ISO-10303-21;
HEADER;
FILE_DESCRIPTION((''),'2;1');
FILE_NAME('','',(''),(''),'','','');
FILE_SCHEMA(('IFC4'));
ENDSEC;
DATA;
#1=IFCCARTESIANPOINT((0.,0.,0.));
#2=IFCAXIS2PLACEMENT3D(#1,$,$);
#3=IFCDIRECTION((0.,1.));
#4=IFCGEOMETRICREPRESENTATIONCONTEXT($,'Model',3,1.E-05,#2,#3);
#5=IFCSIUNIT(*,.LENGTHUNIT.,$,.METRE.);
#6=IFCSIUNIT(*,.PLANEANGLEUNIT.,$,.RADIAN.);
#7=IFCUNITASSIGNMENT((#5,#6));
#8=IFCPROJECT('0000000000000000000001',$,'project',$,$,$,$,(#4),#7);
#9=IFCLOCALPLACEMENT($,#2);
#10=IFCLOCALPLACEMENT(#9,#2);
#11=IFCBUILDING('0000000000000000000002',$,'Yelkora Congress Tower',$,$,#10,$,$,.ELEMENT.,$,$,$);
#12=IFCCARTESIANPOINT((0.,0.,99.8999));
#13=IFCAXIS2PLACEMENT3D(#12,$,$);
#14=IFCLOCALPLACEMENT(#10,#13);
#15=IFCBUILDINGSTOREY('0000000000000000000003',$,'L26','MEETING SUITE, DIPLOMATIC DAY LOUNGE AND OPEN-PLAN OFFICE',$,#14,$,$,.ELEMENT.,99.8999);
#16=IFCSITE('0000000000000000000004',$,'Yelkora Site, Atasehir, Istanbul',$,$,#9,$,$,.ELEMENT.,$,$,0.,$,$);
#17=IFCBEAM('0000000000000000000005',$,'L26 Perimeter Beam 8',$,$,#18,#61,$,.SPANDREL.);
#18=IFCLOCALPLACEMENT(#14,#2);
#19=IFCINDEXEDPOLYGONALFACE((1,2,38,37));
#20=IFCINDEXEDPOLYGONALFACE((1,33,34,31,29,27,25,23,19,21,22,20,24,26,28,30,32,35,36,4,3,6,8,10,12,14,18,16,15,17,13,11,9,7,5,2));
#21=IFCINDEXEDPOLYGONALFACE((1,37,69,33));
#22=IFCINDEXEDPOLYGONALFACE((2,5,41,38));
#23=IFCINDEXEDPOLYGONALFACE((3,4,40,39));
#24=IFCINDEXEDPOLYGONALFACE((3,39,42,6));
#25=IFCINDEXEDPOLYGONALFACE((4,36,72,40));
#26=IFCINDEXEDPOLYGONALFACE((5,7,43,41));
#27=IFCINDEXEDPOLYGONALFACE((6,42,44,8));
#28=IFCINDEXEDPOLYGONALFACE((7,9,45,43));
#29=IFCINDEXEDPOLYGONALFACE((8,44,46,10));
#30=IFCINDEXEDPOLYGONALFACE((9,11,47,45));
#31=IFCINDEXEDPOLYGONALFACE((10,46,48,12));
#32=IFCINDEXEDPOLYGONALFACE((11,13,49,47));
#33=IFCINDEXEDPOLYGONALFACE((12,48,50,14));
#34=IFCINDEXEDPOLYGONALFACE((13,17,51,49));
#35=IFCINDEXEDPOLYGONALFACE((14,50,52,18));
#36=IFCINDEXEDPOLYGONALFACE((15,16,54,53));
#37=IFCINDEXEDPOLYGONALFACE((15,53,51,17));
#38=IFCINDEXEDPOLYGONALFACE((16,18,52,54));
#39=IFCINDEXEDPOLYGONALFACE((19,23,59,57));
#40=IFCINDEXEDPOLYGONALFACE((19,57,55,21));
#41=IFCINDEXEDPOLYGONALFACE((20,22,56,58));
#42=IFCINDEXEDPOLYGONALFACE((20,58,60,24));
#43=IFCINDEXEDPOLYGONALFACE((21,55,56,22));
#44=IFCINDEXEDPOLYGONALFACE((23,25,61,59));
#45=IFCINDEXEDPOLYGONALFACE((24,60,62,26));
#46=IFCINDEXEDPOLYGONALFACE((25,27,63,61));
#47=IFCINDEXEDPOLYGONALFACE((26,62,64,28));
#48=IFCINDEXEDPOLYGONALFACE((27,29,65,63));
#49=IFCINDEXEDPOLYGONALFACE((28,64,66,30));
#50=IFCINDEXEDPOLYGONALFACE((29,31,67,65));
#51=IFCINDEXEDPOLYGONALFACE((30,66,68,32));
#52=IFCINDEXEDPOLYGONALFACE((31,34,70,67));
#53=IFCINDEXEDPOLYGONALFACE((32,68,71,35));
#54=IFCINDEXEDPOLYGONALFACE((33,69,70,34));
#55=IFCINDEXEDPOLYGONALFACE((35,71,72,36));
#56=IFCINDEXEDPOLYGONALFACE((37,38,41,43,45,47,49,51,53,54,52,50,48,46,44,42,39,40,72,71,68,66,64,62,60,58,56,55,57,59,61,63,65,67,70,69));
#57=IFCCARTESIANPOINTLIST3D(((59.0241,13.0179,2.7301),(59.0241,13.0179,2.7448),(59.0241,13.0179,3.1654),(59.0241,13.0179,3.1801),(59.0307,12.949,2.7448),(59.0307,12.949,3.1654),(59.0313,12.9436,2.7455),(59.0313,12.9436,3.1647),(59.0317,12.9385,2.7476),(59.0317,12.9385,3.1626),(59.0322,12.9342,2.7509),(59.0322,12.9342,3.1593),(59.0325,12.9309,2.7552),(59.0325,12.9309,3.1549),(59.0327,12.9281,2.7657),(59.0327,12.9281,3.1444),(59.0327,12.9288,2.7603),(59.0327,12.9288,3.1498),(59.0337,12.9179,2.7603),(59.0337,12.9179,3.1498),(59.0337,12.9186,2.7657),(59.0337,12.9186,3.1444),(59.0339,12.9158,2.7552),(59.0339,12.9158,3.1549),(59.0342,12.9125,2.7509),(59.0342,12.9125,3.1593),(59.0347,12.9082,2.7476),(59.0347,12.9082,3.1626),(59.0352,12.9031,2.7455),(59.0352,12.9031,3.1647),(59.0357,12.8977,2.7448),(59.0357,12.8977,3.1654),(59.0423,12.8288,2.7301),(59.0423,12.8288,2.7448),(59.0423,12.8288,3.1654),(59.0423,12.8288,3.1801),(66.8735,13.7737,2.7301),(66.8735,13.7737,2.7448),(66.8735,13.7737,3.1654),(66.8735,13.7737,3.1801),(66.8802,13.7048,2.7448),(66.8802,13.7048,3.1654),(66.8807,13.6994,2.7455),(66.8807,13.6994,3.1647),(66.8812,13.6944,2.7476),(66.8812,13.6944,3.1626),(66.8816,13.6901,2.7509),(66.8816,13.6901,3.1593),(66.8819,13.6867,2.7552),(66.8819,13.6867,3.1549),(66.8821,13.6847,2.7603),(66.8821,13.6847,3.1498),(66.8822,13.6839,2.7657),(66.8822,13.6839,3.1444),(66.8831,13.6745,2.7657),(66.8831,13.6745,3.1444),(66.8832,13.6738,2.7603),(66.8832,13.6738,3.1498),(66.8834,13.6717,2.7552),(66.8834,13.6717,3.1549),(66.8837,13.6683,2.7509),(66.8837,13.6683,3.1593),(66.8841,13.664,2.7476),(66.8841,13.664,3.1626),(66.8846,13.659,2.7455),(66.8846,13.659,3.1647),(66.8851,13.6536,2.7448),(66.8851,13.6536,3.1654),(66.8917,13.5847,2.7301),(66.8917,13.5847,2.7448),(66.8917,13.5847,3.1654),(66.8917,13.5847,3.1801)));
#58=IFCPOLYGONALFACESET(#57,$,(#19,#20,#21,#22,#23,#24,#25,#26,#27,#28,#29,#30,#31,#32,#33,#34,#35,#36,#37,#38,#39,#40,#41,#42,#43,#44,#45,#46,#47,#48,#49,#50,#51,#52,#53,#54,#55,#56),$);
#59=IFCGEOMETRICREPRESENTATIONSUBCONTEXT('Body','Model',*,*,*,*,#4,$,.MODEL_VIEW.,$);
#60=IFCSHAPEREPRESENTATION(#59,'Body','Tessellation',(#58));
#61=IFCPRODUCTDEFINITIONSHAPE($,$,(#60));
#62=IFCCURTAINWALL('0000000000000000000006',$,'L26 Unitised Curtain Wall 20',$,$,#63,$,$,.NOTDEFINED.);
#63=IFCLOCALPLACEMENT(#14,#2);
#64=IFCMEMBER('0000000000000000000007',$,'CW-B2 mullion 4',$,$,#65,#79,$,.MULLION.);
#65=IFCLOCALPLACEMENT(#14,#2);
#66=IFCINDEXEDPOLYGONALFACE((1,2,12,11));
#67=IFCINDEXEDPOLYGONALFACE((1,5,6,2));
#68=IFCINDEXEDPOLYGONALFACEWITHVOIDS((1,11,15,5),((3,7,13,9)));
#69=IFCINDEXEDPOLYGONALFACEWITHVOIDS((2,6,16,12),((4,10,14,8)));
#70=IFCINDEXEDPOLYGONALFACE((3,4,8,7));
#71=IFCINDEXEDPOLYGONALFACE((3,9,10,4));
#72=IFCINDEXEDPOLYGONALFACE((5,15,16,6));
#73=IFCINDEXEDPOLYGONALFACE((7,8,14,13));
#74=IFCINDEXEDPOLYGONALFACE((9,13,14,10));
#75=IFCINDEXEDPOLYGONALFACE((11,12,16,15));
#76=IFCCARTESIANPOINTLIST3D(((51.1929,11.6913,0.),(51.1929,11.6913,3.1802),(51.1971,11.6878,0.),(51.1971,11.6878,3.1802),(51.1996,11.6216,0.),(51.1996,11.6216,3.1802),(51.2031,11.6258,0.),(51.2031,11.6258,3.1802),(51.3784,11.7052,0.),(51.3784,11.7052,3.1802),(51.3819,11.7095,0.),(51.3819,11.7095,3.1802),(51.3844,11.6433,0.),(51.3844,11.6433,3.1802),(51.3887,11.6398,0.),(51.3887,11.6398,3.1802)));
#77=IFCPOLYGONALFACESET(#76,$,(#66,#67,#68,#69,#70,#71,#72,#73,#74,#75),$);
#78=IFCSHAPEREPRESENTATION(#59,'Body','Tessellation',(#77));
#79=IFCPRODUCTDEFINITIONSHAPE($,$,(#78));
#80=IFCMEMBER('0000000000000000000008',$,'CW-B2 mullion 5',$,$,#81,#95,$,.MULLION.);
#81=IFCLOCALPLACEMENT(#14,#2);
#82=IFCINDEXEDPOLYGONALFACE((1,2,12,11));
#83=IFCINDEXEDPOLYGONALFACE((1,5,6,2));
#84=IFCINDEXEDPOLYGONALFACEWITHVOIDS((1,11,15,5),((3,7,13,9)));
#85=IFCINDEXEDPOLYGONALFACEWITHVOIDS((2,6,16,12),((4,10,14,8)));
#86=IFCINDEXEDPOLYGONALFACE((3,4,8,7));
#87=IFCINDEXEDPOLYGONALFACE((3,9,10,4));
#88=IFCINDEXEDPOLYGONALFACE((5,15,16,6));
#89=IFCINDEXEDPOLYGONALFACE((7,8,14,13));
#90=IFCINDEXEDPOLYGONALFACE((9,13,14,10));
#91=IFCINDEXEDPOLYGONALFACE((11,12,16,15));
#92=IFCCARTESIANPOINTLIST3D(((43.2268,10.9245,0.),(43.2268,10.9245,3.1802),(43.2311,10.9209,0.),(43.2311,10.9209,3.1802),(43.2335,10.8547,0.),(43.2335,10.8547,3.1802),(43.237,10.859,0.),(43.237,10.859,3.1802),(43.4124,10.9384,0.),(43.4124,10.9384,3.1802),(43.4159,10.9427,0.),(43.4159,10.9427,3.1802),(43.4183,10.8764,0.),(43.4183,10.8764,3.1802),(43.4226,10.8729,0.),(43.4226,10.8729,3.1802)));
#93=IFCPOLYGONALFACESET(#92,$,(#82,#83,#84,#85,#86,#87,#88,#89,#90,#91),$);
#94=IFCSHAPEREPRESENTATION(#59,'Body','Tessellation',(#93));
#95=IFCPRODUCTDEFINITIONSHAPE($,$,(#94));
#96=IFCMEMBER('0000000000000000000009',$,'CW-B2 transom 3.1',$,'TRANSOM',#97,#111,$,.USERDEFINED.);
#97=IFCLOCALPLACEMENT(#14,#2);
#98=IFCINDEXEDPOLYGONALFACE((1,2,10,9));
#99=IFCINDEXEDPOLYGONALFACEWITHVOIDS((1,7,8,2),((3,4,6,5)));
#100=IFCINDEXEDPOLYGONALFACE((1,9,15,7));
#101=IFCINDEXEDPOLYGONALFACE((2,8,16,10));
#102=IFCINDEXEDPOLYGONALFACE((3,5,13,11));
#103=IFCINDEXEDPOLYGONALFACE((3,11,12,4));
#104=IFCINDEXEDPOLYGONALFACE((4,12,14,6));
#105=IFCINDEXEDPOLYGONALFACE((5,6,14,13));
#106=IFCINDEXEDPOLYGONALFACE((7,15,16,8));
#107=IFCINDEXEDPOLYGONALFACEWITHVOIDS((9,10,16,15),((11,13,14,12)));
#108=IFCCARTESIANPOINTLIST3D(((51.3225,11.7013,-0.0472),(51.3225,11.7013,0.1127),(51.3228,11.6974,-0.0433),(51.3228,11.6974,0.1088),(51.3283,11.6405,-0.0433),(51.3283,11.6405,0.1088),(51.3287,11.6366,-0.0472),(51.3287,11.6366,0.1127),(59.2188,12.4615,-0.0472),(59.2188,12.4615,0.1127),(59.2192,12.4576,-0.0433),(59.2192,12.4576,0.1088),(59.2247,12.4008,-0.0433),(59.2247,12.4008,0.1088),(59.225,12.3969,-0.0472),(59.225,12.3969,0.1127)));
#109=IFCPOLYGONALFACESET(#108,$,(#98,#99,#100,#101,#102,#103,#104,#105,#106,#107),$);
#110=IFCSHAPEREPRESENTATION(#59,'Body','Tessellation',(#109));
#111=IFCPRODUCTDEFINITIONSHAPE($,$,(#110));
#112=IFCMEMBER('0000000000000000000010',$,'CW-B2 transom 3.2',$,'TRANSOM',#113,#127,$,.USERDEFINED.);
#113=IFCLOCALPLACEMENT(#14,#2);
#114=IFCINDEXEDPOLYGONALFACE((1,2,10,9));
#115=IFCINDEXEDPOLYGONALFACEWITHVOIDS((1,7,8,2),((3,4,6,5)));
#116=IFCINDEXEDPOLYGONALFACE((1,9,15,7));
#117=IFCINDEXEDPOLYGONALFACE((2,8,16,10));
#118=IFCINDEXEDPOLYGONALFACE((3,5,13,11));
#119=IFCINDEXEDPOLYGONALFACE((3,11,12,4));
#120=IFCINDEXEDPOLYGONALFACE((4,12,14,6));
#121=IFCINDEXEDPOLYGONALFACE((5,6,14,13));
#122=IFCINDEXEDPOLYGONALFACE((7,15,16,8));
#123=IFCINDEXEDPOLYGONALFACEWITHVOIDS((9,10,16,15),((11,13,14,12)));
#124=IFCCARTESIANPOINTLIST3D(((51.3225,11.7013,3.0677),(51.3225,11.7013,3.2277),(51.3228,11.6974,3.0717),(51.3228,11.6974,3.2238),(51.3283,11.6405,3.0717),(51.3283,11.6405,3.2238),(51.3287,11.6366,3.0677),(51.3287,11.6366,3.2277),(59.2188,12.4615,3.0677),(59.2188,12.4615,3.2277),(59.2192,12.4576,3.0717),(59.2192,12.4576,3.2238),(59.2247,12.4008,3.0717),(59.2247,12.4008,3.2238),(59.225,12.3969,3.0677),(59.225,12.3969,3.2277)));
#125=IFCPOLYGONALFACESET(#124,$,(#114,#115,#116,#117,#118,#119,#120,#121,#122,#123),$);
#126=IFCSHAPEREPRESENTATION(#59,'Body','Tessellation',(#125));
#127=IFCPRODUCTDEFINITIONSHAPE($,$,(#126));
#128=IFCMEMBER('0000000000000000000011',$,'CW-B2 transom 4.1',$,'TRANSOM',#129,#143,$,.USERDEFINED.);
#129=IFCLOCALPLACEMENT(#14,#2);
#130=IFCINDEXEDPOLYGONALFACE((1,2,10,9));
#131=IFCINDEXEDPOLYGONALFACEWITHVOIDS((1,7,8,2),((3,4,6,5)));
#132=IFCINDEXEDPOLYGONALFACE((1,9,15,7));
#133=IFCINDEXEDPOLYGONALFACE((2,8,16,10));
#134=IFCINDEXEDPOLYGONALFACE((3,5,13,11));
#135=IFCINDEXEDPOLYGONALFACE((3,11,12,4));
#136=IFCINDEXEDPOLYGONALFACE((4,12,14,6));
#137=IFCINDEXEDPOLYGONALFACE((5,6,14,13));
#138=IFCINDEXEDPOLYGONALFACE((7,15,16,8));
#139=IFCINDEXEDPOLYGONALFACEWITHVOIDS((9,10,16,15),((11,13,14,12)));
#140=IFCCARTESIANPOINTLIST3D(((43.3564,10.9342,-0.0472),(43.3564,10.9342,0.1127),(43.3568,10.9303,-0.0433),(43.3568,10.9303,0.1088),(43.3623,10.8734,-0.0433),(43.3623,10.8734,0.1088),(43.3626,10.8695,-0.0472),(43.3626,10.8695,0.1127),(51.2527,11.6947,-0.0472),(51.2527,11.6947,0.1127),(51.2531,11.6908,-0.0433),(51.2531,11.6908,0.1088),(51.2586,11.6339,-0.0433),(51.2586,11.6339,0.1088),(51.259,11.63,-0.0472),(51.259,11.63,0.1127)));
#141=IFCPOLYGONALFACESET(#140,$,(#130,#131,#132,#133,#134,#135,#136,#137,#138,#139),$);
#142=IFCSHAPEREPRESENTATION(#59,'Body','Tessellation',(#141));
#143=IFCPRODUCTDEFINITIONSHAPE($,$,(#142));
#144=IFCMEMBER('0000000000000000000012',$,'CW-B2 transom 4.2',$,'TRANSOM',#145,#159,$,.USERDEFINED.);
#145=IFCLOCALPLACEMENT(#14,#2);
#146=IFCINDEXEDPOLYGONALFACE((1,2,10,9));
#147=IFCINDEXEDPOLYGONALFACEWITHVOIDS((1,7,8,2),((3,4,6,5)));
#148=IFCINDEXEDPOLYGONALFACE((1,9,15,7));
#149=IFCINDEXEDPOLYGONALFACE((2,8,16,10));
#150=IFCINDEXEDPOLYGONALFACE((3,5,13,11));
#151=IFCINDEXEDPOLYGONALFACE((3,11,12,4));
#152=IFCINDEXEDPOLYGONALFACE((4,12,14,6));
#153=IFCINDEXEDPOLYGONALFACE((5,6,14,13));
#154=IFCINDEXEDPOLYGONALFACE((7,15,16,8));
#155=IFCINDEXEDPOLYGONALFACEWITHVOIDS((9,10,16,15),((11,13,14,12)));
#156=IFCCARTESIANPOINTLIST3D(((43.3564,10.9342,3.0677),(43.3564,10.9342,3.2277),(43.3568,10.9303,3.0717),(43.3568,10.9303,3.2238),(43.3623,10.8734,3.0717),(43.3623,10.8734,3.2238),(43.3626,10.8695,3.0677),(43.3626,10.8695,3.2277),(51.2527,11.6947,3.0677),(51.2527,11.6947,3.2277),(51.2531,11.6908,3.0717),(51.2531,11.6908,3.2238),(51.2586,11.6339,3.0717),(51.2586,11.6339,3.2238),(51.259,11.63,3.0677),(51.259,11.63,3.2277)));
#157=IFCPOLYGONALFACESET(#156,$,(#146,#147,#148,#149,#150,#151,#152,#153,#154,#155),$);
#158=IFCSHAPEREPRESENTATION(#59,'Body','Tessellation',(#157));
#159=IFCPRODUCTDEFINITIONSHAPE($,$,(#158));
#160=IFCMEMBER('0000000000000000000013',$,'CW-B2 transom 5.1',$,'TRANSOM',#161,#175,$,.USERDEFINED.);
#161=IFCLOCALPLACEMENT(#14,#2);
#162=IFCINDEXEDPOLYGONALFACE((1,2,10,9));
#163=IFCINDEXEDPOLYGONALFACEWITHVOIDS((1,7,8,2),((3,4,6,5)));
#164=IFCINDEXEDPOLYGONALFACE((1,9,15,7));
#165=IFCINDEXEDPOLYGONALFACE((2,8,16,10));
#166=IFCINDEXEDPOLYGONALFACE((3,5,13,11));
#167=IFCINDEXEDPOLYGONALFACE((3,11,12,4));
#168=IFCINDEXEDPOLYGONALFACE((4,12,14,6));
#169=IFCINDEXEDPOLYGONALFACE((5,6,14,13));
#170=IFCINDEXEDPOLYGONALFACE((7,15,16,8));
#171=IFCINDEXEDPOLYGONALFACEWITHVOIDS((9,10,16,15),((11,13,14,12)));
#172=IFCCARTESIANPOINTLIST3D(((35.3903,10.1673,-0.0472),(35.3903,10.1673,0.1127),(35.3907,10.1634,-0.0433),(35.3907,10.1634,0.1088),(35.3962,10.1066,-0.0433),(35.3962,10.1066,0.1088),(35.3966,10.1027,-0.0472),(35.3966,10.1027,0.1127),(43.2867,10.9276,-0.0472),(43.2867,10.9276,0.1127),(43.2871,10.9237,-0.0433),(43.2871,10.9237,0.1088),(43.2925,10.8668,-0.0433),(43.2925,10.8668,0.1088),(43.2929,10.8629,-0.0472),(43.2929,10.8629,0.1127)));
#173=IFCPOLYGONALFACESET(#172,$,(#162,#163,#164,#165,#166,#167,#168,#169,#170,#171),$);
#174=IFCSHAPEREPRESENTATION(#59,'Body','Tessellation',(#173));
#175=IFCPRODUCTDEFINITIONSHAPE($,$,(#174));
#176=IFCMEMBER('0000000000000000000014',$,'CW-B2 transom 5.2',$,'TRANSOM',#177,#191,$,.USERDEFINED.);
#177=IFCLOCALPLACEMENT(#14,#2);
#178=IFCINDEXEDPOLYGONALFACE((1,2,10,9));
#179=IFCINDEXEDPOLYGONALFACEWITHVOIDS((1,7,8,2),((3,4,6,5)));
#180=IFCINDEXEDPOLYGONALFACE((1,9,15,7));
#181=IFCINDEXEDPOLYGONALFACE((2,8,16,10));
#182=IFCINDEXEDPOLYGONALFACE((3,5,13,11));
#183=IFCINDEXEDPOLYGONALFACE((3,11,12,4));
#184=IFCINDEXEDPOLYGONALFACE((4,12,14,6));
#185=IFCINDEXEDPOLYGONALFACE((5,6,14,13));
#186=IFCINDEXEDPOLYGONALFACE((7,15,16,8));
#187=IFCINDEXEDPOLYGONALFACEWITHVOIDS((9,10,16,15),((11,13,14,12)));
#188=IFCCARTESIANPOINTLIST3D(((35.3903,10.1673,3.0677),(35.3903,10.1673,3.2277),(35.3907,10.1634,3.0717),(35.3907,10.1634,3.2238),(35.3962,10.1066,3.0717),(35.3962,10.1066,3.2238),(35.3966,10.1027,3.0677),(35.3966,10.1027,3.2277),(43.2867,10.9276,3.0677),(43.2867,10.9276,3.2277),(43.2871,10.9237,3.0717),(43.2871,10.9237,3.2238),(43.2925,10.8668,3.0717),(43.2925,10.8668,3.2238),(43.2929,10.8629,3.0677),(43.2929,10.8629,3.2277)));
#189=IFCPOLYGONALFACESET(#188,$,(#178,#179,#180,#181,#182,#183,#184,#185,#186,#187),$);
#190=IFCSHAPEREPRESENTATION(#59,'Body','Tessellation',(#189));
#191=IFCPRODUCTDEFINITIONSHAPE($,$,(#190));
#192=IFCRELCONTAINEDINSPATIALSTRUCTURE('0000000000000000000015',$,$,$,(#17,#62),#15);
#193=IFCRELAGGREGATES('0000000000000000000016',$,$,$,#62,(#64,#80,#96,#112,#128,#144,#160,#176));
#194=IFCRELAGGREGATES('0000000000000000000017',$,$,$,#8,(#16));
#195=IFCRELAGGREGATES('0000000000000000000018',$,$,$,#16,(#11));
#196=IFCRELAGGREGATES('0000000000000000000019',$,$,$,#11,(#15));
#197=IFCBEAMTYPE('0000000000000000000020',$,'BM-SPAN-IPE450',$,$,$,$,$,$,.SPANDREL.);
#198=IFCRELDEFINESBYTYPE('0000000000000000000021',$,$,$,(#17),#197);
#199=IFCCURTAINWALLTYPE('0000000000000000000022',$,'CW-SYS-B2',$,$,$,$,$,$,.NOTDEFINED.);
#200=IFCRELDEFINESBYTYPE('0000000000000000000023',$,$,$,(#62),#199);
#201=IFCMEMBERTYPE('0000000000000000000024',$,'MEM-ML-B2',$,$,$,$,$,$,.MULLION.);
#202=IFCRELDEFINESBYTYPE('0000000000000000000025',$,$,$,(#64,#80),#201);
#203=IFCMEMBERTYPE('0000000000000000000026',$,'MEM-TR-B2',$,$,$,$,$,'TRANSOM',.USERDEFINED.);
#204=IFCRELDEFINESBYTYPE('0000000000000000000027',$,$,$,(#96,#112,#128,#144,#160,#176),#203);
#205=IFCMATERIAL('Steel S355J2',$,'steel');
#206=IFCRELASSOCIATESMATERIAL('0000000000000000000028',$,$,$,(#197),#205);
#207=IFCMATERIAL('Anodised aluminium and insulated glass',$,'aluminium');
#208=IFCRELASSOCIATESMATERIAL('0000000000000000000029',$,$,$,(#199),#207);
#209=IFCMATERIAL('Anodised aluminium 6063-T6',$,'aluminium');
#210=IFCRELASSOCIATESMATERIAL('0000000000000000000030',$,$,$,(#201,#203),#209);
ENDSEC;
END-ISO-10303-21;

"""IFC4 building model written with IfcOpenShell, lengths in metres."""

from ifc_helpers import new_model, si_unit, direction, frame, origin, origin_2d, place, context, subcontext, project, spatial, hollow_rectangle, i_section, extrude, material, material_profile, profile_set, type_object, element, aggregate, save


model = new_model("IFC4")

# Units and contexts
model_context = context("Model", 3, precision=1e-05, world=origin(), true_north=direction((0.0, 1.0)))
body_context = subcontext(model_context, "Body", "Model", "MODEL_VIEW")
ifc_project = project(units=[si_unit("LENGTHUNIT", "METRE"), si_unit("PLANEANGLEUNIT", "RADIAN")], contexts=[model_context])

# Site, building, storey
site_placement = place(None, origin())
site = spatial("IfcSite", under=ifc_project, at=site_placement, Name="Yelkora Site, Atasehir, Istanbul", CompositionType="ELEMENT", RefElevation=0.0)
building_placement = place(site_placement, origin())
building = spatial("IfcBuilding", under=site, at=building_placement, Name="Yelkora Congress Tower", CompositionType="ELEMENT")
storey_placement = place(building_placement, frame((0.0, 0.0, 99.8999)))
storey = spatial("IfcBuildingStorey", under=building, at=storey_placement, Name="L26", Description="MEETING SUITE, DIPLOMATIC DAY LOUNGE AND OPEN-PLAN OFFICE", CompositionType="ELEMENT", Elevation=99.8999)

# Beam
ifc_material_1 = material(Name="Steel S355J2", Category="steel")
ifc_material_profile_1 = material_profile(ifc_material_1, i_section(OverallWidth=0.1899, OverallDepth=0.45, WebThickness=0.0095, FlangeThickness=0.0146, FilletRadius=0.021, at=origin_2d()), Name="IPE 450")
ifc_profile_set_1 = profile_set([ifc_material_profile_1], Name="Steel S355J2")
beam_type_1 = type_object("IfcBeamType", Name="BM-SPAN-IPE450", PredefinedType="SPANDREL", material=ifc_profile_set_1)
beam_1_placement = place(storey_placement, frame((59.0332, 12.9233, 2.9551), z_axis=(0.995396, 0.095852, 0.0), x_axis=(-0.095852, 0.995396, 0.0)))
element("IfcBeam", 1, at=beam_1_placement, inside=storey, type_object=beam_type_1, Name="L26 Perimeter Beam 8", PredefinedType="SPANDREL", context=body_context, shape_type="SweptSolid", body=[
    extrude(i_section(OverallWidth=0.1899, OverallDepth=0.45, WebThickness=0.0095, FlangeThickness=0.0146, FilletRadius=0.021, at=origin_2d()), origin(), (0.0, 0.0, 1.0), 7.8857),
])

# Curtain wall, members
ifc_material_2 = material(Name="Anodised aluminium and insulated glass", Category="aluminium")
curtain_wall_type = type_object("IfcCurtainWallType", Name="CW-SYS-B2", PredefinedType="NOTDEFINED", material=ifc_material_2)
curtain_wall_placement = place(storey_placement, origin())
curtain_wall = element("IfcCurtainWall", 2, at=curtain_wall_placement, inside=storey, type_object=curtain_wall_type, Name="L26 Unitised Curtain Wall 20", PredefinedType="NOTDEFINED")
ifc_material_3 = material(Name="Anodised aluminium 6063-T6", Category="aluminium")
ifc_material_profile_2 = material_profile(ifc_material_3, hollow_rectangle(XDim=0.0701, YDim=0.1899, WallThickness=0.0039, at=origin_2d()), Name="ALU 70x190x4")
ifc_profile_set_2 = profile_set([ifc_material_profile_2], Name="Anodised aluminium 6063-T6")
member_type_1 = type_object("IfcMemberType", Name="MEM-ML-B2", PredefinedType="MULLION", material=ifc_profile_set_2)
member_1_placement = place(storey_placement, frame((51.2908, 11.6655, 0.0), z_axis=(0.0, 0.0, 1.0), x_axis=(0.095844, -0.995396, 0.0)))
member_1 = element("IfcMember", 3, at=member_1_placement, type_object=member_type_1, Name="CW-B2 mullion 4", PredefinedType="MULLION", context=body_context, shape_type="SweptSolid", body=[
    extrude(hollow_rectangle(XDim=0.0701, YDim=0.1899, WallThickness=0.0039, at=origin_2d()), origin(), (0.0, 0.0, 1.0), 3.1802),
])
member_2_placement = place(storey_placement, frame((43.3247, 10.8987, 0.0), z_axis=(0.0, 0.0, 1.0), x_axis=(0.095844, -0.995396, 0.0)))
member_2 = element("IfcMember", 4, at=member_2_placement, type_object=member_type_1, Name="CW-B2 mullion 5", PredefinedType="MULLION", context=body_context, shape_type="SweptSolid", body=[
    extrude(hollow_rectangle(XDim=0.0701, YDim=0.1899, WallThickness=0.0039, at=origin_2d()), origin(), (0.0, 0.0, 1.0), 3.1802),
])
ifc_material_profile_3 = material_profile(ifc_material_3, hollow_rectangle(XDim=0.0649, YDim=0.1599, WallThickness=0.0039, at=origin_2d()), Name="ALU 65x160x4")
ifc_profile_set_3 = profile_set([ifc_material_profile_3], Name="Anodised aluminium 6063-T6")
member_type_2 = type_object("IfcMemberType", Name="MEM-TR-B2", ElementType="TRANSOM", PredefinedType="USERDEFINED", material=ifc_profile_set_3)
member_3_placement = place(storey_placement, frame((59.2219, 12.4292, 0.0327), z_axis=(-0.995397, -0.095837, 0.0), x_axis=(0.095837, -0.995397, 0.0)))
member_3 = element("IfcMember", 5, at=member_3_placement, type_object=member_type_2, Name="CW-B2 transom 3.1", ObjectType="TRANSOM", PredefinedType="USERDEFINED", context=body_context, shape_type="SweptSolid", body=[
    extrude(hollow_rectangle(XDim=0.0649, YDim=0.1599, WallThickness=0.0039, at=origin_2d()), origin(), (0.0, 0.0, 1.0), 7.9329),
])
member_4_placement = place(storey_placement, frame((59.2219, 12.4292, 3.1477), z_axis=(-0.995397, -0.095837, 0.0), x_axis=(0.095837, -0.995397, 0.0)))
member_4 = element("IfcMember", 6, at=member_4_placement, type_object=member_type_2, Name="CW-B2 transom 3.2", ObjectType="TRANSOM", PredefinedType="USERDEFINED", context=body_context, shape_type="SweptSolid", body=[
    extrude(hollow_rectangle(XDim=0.0649, YDim=0.1599, WallThickness=0.0039, at=origin_2d()), origin(), (0.0, 0.0, 1.0), 7.9329),
])
member_5_placement = place(storey_placement, frame((51.2559, 11.6624, 0.0327), z_axis=(-0.995394, -0.095868, 0.0), x_axis=(0.095868, -0.995394, 0.0)))
member_5 = element("IfcMember", 7, at=member_5_placement, type_object=member_type_2, Name="CW-B2 transom 4.1", ObjectType="TRANSOM", PredefinedType="USERDEFINED", context=body_context, shape_type="SweptSolid", body=[
    extrude(hollow_rectangle(XDim=0.0649, YDim=0.1599, WallThickness=0.0039, at=origin_2d()), origin(), (0.0, 0.0, 1.0), 7.9329),
])
member_6_placement = place(storey_placement, frame((51.2559, 11.6624, 3.1477), z_axis=(-0.995394, -0.095868, 0.0), x_axis=(0.095868, -0.995394, 0.0)))
member_6 = element("IfcMember", 8, at=member_6_placement, type_object=member_type_2, Name="CW-B2 transom 4.2", ObjectType="TRANSOM", PredefinedType="USERDEFINED", context=body_context, shape_type="SweptSolid", body=[
    extrude(hollow_rectangle(XDim=0.0649, YDim=0.1599, WallThickness=0.0039, at=origin_2d()), origin(), (0.0, 0.0, 1.0), 7.9329),
])
member_7_placement = place(storey_placement, frame((43.2898, 10.8953, 0.0327), z_axis=(-0.995397, -0.095837, 0.0), x_axis=(0.095837, -0.995397, 0.0)))
member_7 = element("IfcMember", 9, at=member_7_placement, type_object=member_type_2, Name="CW-B2 transom 5.1", ObjectType="TRANSOM", PredefinedType="USERDEFINED", context=body_context, shape_type="SweptSolid", body=[
    extrude(hollow_rectangle(XDim=0.0649, YDim=0.1599, WallThickness=0.0039, at=origin_2d()), origin(), (0.0, 0.0, 1.0), 7.9329),
])
member_8_placement = place(storey_placement, frame((43.2898, 10.8953, 3.1477), z_axis=(-0.995397, -0.095837, 0.0), x_axis=(0.095837, -0.995397, 0.0)))
member_8 = element("IfcMember", 10, at=member_8_placement, type_object=member_type_2, Name="CW-B2 transom 5.2", ObjectType="TRANSOM", PredefinedType="USERDEFINED", context=body_context, shape_type="SweptSolid", body=[
    extrude(hollow_rectangle(XDim=0.0649, YDim=0.1599, WallThickness=0.0039, at=origin_2d()), origin(), (0.0, 0.0, 1.0), 7.9329),
])
aggregate(curtain_wall, [member_1, member_2, member_3, member_4, member_5, member_6, member_7, member_8])

save(model, "model.ifc")
